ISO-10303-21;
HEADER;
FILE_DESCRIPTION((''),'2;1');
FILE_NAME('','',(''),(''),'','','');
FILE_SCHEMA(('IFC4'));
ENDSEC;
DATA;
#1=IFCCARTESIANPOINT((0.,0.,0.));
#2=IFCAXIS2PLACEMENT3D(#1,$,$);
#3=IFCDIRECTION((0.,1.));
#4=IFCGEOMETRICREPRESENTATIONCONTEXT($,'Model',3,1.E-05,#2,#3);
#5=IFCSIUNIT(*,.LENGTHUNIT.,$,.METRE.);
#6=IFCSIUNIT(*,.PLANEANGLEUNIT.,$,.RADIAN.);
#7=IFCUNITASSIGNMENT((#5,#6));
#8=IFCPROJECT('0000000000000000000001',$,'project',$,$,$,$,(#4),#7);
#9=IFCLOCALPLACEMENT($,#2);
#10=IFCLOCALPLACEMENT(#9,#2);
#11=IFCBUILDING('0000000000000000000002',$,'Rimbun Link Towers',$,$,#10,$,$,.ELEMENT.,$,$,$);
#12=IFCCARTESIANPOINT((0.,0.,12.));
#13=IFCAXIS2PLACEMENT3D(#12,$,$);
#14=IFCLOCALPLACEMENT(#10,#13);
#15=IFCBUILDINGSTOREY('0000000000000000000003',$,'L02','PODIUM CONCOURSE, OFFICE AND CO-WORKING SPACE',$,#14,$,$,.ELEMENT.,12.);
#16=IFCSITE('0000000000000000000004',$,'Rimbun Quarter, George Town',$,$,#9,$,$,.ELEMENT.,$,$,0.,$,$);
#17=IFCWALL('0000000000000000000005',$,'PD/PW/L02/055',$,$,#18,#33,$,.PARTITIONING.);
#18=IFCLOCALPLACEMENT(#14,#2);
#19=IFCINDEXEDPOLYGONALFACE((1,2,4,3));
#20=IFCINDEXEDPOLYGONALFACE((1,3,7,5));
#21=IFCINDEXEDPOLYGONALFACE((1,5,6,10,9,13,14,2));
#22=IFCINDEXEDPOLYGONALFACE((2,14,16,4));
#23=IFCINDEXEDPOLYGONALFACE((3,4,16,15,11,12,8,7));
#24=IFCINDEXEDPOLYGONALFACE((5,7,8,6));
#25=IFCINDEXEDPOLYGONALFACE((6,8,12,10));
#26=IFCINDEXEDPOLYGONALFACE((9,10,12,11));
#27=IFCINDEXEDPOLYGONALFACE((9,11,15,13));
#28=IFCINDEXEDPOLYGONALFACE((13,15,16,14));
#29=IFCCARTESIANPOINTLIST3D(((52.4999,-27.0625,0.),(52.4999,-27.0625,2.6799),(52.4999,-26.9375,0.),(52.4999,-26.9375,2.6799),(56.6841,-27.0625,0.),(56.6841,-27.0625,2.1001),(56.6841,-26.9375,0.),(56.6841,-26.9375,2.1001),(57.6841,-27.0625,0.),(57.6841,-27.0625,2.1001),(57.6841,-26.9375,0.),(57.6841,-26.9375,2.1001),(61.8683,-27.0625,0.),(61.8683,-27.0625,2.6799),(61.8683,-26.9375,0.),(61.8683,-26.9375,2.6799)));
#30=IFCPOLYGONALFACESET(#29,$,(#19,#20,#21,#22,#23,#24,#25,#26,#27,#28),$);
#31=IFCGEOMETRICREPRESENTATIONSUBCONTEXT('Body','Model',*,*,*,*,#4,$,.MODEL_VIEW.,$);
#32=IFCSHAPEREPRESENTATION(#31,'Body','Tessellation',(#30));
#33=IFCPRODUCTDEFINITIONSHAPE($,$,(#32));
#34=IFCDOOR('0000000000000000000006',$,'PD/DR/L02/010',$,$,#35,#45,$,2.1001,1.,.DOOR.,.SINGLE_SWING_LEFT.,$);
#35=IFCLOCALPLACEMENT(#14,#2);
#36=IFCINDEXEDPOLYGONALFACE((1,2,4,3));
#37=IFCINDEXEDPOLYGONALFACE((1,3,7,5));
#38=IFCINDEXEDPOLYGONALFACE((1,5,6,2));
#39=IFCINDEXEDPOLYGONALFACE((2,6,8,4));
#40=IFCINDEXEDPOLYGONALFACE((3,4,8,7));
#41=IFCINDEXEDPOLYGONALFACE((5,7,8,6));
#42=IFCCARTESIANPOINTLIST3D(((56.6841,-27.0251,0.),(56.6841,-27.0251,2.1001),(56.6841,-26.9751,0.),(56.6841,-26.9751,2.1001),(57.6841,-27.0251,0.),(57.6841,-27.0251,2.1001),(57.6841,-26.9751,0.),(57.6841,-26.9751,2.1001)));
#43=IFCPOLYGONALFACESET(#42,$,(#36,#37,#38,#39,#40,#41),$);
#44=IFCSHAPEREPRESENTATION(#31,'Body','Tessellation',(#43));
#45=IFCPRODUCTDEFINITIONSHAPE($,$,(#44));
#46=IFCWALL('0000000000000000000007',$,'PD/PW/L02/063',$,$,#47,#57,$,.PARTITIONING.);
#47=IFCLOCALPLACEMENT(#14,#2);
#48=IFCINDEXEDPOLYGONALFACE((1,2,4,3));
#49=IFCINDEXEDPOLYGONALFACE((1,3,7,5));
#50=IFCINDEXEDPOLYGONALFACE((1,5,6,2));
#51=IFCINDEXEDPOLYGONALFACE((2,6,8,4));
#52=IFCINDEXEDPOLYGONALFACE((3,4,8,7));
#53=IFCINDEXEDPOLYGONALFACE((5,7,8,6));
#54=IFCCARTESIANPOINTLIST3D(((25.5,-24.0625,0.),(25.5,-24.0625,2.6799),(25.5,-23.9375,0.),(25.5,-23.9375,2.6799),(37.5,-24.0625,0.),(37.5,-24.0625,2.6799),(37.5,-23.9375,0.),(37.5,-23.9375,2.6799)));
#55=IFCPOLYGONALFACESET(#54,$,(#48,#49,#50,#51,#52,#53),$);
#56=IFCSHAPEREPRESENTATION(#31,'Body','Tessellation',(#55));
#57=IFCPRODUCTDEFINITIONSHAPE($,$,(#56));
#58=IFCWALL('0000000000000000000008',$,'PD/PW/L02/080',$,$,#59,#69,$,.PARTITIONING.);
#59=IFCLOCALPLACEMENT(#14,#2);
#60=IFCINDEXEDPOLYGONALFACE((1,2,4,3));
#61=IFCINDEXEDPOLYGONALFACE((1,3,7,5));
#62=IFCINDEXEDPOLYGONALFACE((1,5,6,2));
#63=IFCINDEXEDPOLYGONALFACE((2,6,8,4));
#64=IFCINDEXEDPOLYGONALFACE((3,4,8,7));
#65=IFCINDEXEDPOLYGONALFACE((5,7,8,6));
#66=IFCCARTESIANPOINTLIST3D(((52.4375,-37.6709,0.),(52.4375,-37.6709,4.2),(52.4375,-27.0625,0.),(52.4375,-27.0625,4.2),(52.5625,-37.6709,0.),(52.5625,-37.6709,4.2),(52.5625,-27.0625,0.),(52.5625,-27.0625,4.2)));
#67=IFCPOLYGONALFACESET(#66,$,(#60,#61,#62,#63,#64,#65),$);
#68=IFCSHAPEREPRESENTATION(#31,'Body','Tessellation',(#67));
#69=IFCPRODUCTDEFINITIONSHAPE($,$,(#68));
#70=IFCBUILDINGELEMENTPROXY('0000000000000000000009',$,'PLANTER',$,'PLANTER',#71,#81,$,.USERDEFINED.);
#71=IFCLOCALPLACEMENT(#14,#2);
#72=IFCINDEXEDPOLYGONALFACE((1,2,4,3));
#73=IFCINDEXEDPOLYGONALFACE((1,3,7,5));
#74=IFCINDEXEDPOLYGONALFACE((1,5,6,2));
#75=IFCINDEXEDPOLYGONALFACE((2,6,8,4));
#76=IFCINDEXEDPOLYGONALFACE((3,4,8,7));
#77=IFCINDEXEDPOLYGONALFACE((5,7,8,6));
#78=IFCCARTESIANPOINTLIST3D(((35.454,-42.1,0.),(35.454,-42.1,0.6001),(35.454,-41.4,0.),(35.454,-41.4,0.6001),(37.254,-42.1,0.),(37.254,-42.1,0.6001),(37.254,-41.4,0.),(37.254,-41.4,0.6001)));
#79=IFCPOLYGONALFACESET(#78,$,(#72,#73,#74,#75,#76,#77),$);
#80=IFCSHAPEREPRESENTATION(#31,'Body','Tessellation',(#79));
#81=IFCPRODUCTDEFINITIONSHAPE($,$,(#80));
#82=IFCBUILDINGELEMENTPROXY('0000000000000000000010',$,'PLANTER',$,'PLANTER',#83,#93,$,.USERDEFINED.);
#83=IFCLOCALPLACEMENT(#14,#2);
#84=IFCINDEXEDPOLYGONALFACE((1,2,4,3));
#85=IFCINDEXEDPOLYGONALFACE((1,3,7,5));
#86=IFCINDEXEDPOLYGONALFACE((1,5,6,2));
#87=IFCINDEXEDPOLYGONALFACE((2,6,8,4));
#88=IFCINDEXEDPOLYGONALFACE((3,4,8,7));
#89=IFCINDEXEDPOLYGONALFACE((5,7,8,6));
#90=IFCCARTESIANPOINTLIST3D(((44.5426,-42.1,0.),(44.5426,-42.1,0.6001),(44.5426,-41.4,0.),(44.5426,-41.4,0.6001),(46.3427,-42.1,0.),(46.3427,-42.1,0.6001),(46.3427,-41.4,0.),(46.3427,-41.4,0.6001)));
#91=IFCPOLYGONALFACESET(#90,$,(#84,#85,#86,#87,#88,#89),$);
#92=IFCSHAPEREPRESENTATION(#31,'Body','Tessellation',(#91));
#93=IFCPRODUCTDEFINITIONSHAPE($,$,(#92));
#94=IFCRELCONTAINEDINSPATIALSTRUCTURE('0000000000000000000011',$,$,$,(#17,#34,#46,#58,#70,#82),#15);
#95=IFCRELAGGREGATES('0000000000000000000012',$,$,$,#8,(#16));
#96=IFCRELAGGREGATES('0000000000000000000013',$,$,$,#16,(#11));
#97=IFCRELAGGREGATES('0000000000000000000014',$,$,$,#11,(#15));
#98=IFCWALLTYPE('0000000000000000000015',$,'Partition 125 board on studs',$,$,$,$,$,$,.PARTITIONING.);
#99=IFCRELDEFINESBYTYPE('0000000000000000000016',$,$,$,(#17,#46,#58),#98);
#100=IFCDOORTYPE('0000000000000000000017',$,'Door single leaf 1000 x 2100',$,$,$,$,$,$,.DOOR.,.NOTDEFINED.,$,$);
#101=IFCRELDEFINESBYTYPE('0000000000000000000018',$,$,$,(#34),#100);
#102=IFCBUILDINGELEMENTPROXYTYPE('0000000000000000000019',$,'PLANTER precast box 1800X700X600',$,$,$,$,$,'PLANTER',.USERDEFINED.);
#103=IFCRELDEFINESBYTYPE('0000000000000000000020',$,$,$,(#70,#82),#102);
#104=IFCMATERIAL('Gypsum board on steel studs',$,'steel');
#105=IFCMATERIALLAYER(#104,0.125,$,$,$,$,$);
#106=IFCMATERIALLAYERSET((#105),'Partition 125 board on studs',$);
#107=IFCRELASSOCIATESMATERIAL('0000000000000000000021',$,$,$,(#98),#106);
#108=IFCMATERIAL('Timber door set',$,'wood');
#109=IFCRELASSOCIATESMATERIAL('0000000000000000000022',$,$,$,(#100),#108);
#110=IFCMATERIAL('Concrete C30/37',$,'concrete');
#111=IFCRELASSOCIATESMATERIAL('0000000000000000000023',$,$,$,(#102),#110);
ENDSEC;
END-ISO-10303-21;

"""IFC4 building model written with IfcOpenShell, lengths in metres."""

from ifc_helpers import new_model, si_unit, direction, frame, frame_2d, origin, origin_2d, place, context, subcontext, project, spatial, rectangle, extrude, material, layer, layer_set, type_object, element, fill, save


model = new_model("IFC4")

# Units and contexts
model_context = context("Model", 3, precision=1e-05, world=origin(), true_north=direction((0.0, 1.0)))
body_context = subcontext(model_context, "Body", "Model", "MODEL_VIEW")
ifc_project = project(units=[si_unit("LENGTHUNIT", "METRE"), si_unit("PLANEANGLEUNIT", "RADIAN")], contexts=[model_context])

# Site, building, storey
site_placement = place(None, origin())
site = spatial("IfcSite", under=ifc_project, at=site_placement, Name="Rimbun Quarter, George Town", CompositionType="ELEMENT", RefElevation=0.0)
building_placement = place(site_placement, origin())
building = spatial("IfcBuilding", under=site, at=building_placement, Name="Rimbun Link Towers", CompositionType="ELEMENT")
storey_placement = place(building_placement, frame((0.0, 0.0, 12.0)))
storey = spatial("IfcBuildingStorey", under=building, at=storey_placement, Name="L02", Description="PODIUM CONCOURSE, OFFICE AND CO-WORKING SPACE", CompositionType="ELEMENT", Elevation=12.0)

# Wall, opening, door
ifc_material_1 = material(Name="Gypsum board on steel studs", Category="steel")
ifc_layer_1 = layer(ifc_material_1, 0.125)
ifc_layer_set_1 = layer_set([ifc_layer_1], Name="Partition 125 board on studs")
wall_type_1 = type_object("IfcWallType", Name="Partition 125 board on studs", PredefinedType="PARTITIONING", material=ifc_layer_set_1)
wall_1_placement = place(storey_placement, frame((52.5, -27.0, 0.0), z_axis=(0.0, 0.0, 1.0), x_axis=(1.0, 0.0, 0.0)))
wall_1 = element("IfcWall", 1, at=wall_1_placement, inside=storey, type_object=wall_type_1, Name="PD/PW/L02/055", PredefinedType="PARTITIONING", context=body_context, shape_type="SweptSolid", body=[
    extrude(rectangle(XDim=9.3684, YDim=0.125, at=frame_2d((4.6841, 0.0))), origin(), (0.0, 0.0, 1.0), 2.6799),
])
opening_1_placement = place(wall_1_placement, frame((4.1841, 0.0, 0.0)))
opening_1 = element("IfcOpeningElement", 2, at=opening_1_placement, cuts=wall_1, PredefinedType="OPENING", context=body_context, shape_type="SweptSolid", body=[
    extrude(rectangle(XDim=1.0, YDim=2.1001, at=frame_2d((0.5, 1.05))), frame((0.0, 0.0725, 0.0), z_axis=(0.0, -1.0, 0.0), x_axis=(1.0, 0.0, 0.0)), (0.0, 0.0, 1.0), 0.145),
])
ifc_material_2 = material(Name="Timber door set", Category="wood")
door_type = type_object("IfcDoorType", Name="Door single leaf 1000 x 2100", OperationType="NOTDEFINED", PredefinedType="DOOR", material=ifc_material_2)
door_placement = place(opening_1_placement, origin())
door = element("IfcDoor", 3, at=door_placement, inside=storey, type_object=door_type, Name="PD/DR/L02/010", OperationType="SINGLE_SWING_LEFT", OverallHeight=2.1001, OverallWidth=1.0, PredefinedType="DOOR", context=body_context, shape_type="SweptSolid", body=[
    extrude(rectangle(XDim=1.0, YDim=2.1001, at=frame_2d((0.5, 1.05))), frame((0.0, 0.0249, 0.0), z_axis=(0.0, -1.0, 0.0), x_axis=(1.0, 0.0, 0.0)), (0.0, 0.0, 1.0), 0.05),
])
fill(opening_1, door)

# Walls
wall_2_placement = place(storey_placement, frame((37.5, -24.0, 0.0), z_axis=(0.0, 0.0, 1.0), x_axis=(-1.0, 0.0, 0.0)))
element("IfcWall", 4, at=wall_2_placement, inside=storey, type_object=wall_type_1, Name="PD/PW/L02/063", PredefinedType="PARTITIONING", context=body_context, shape_type="SweptSolid", body=[
    extrude(rectangle(XDim=12.0, YDim=0.125, at=frame_2d((6.0, 0.0))), origin(), (0.0, 0.0, 1.0), 2.6799),
])
wall_3_placement = place(storey_placement, frame((52.5, -37.6709, 0.0), z_axis=(0.0, 0.0, 1.0), x_axis=(0.0, 1.0, 0.0)))
element("IfcWall", 5, at=wall_3_placement, inside=storey, type_object=wall_type_1, Name="PD/PW/L02/080", PredefinedType="PARTITIONING", context=body_context, shape_type="SweptSolid", body=[
    extrude(rectangle(XDim=10.6084, YDim=0.125, at=frame_2d((5.3042, 0.0))), origin(), (0.0, 0.0, 1.0), 4.2),
])

# Building element proxies
ifc_material_3 = material(Name="Concrete C30/37", Category="concrete")
building_element_proxy_type = type_object("IfcBuildingElementProxyType", Name="PLANTER precast box 1800X700X600", ElementType="PLANTER", PredefinedType="USERDEFINED", material=ifc_material_3)
for number, where, z_axis, x_axis, name in (
    (6, (36.354, -41.75, 0.0), (0.0, 0.0, 1.0), (1.0, 0.0, 0.0), "PLANTER"),
    (7, (45.4426, -41.75, 0.0), (0.0, 0.0, 1.0), (1.0, 0.0, 0.0), "PLANTER"),
):
    element("IfcBuildingElementProxy", number, at=place(storey_placement, frame(where, z_axis=z_axis, x_axis=x_axis)), inside=storey, type_object=building_element_proxy_type, Name=name, ObjectType="PLANTER", PredefinedType="USERDEFINED", context=body_context, shape_type="SweptSolid", body=[
        extrude(rectangle(XDim=1.8, YDim=0.7, at=origin_2d()), origin(), (0.0, 0.0, 1.0), 0.6001),
    ])

save(model, "model.ifc")
